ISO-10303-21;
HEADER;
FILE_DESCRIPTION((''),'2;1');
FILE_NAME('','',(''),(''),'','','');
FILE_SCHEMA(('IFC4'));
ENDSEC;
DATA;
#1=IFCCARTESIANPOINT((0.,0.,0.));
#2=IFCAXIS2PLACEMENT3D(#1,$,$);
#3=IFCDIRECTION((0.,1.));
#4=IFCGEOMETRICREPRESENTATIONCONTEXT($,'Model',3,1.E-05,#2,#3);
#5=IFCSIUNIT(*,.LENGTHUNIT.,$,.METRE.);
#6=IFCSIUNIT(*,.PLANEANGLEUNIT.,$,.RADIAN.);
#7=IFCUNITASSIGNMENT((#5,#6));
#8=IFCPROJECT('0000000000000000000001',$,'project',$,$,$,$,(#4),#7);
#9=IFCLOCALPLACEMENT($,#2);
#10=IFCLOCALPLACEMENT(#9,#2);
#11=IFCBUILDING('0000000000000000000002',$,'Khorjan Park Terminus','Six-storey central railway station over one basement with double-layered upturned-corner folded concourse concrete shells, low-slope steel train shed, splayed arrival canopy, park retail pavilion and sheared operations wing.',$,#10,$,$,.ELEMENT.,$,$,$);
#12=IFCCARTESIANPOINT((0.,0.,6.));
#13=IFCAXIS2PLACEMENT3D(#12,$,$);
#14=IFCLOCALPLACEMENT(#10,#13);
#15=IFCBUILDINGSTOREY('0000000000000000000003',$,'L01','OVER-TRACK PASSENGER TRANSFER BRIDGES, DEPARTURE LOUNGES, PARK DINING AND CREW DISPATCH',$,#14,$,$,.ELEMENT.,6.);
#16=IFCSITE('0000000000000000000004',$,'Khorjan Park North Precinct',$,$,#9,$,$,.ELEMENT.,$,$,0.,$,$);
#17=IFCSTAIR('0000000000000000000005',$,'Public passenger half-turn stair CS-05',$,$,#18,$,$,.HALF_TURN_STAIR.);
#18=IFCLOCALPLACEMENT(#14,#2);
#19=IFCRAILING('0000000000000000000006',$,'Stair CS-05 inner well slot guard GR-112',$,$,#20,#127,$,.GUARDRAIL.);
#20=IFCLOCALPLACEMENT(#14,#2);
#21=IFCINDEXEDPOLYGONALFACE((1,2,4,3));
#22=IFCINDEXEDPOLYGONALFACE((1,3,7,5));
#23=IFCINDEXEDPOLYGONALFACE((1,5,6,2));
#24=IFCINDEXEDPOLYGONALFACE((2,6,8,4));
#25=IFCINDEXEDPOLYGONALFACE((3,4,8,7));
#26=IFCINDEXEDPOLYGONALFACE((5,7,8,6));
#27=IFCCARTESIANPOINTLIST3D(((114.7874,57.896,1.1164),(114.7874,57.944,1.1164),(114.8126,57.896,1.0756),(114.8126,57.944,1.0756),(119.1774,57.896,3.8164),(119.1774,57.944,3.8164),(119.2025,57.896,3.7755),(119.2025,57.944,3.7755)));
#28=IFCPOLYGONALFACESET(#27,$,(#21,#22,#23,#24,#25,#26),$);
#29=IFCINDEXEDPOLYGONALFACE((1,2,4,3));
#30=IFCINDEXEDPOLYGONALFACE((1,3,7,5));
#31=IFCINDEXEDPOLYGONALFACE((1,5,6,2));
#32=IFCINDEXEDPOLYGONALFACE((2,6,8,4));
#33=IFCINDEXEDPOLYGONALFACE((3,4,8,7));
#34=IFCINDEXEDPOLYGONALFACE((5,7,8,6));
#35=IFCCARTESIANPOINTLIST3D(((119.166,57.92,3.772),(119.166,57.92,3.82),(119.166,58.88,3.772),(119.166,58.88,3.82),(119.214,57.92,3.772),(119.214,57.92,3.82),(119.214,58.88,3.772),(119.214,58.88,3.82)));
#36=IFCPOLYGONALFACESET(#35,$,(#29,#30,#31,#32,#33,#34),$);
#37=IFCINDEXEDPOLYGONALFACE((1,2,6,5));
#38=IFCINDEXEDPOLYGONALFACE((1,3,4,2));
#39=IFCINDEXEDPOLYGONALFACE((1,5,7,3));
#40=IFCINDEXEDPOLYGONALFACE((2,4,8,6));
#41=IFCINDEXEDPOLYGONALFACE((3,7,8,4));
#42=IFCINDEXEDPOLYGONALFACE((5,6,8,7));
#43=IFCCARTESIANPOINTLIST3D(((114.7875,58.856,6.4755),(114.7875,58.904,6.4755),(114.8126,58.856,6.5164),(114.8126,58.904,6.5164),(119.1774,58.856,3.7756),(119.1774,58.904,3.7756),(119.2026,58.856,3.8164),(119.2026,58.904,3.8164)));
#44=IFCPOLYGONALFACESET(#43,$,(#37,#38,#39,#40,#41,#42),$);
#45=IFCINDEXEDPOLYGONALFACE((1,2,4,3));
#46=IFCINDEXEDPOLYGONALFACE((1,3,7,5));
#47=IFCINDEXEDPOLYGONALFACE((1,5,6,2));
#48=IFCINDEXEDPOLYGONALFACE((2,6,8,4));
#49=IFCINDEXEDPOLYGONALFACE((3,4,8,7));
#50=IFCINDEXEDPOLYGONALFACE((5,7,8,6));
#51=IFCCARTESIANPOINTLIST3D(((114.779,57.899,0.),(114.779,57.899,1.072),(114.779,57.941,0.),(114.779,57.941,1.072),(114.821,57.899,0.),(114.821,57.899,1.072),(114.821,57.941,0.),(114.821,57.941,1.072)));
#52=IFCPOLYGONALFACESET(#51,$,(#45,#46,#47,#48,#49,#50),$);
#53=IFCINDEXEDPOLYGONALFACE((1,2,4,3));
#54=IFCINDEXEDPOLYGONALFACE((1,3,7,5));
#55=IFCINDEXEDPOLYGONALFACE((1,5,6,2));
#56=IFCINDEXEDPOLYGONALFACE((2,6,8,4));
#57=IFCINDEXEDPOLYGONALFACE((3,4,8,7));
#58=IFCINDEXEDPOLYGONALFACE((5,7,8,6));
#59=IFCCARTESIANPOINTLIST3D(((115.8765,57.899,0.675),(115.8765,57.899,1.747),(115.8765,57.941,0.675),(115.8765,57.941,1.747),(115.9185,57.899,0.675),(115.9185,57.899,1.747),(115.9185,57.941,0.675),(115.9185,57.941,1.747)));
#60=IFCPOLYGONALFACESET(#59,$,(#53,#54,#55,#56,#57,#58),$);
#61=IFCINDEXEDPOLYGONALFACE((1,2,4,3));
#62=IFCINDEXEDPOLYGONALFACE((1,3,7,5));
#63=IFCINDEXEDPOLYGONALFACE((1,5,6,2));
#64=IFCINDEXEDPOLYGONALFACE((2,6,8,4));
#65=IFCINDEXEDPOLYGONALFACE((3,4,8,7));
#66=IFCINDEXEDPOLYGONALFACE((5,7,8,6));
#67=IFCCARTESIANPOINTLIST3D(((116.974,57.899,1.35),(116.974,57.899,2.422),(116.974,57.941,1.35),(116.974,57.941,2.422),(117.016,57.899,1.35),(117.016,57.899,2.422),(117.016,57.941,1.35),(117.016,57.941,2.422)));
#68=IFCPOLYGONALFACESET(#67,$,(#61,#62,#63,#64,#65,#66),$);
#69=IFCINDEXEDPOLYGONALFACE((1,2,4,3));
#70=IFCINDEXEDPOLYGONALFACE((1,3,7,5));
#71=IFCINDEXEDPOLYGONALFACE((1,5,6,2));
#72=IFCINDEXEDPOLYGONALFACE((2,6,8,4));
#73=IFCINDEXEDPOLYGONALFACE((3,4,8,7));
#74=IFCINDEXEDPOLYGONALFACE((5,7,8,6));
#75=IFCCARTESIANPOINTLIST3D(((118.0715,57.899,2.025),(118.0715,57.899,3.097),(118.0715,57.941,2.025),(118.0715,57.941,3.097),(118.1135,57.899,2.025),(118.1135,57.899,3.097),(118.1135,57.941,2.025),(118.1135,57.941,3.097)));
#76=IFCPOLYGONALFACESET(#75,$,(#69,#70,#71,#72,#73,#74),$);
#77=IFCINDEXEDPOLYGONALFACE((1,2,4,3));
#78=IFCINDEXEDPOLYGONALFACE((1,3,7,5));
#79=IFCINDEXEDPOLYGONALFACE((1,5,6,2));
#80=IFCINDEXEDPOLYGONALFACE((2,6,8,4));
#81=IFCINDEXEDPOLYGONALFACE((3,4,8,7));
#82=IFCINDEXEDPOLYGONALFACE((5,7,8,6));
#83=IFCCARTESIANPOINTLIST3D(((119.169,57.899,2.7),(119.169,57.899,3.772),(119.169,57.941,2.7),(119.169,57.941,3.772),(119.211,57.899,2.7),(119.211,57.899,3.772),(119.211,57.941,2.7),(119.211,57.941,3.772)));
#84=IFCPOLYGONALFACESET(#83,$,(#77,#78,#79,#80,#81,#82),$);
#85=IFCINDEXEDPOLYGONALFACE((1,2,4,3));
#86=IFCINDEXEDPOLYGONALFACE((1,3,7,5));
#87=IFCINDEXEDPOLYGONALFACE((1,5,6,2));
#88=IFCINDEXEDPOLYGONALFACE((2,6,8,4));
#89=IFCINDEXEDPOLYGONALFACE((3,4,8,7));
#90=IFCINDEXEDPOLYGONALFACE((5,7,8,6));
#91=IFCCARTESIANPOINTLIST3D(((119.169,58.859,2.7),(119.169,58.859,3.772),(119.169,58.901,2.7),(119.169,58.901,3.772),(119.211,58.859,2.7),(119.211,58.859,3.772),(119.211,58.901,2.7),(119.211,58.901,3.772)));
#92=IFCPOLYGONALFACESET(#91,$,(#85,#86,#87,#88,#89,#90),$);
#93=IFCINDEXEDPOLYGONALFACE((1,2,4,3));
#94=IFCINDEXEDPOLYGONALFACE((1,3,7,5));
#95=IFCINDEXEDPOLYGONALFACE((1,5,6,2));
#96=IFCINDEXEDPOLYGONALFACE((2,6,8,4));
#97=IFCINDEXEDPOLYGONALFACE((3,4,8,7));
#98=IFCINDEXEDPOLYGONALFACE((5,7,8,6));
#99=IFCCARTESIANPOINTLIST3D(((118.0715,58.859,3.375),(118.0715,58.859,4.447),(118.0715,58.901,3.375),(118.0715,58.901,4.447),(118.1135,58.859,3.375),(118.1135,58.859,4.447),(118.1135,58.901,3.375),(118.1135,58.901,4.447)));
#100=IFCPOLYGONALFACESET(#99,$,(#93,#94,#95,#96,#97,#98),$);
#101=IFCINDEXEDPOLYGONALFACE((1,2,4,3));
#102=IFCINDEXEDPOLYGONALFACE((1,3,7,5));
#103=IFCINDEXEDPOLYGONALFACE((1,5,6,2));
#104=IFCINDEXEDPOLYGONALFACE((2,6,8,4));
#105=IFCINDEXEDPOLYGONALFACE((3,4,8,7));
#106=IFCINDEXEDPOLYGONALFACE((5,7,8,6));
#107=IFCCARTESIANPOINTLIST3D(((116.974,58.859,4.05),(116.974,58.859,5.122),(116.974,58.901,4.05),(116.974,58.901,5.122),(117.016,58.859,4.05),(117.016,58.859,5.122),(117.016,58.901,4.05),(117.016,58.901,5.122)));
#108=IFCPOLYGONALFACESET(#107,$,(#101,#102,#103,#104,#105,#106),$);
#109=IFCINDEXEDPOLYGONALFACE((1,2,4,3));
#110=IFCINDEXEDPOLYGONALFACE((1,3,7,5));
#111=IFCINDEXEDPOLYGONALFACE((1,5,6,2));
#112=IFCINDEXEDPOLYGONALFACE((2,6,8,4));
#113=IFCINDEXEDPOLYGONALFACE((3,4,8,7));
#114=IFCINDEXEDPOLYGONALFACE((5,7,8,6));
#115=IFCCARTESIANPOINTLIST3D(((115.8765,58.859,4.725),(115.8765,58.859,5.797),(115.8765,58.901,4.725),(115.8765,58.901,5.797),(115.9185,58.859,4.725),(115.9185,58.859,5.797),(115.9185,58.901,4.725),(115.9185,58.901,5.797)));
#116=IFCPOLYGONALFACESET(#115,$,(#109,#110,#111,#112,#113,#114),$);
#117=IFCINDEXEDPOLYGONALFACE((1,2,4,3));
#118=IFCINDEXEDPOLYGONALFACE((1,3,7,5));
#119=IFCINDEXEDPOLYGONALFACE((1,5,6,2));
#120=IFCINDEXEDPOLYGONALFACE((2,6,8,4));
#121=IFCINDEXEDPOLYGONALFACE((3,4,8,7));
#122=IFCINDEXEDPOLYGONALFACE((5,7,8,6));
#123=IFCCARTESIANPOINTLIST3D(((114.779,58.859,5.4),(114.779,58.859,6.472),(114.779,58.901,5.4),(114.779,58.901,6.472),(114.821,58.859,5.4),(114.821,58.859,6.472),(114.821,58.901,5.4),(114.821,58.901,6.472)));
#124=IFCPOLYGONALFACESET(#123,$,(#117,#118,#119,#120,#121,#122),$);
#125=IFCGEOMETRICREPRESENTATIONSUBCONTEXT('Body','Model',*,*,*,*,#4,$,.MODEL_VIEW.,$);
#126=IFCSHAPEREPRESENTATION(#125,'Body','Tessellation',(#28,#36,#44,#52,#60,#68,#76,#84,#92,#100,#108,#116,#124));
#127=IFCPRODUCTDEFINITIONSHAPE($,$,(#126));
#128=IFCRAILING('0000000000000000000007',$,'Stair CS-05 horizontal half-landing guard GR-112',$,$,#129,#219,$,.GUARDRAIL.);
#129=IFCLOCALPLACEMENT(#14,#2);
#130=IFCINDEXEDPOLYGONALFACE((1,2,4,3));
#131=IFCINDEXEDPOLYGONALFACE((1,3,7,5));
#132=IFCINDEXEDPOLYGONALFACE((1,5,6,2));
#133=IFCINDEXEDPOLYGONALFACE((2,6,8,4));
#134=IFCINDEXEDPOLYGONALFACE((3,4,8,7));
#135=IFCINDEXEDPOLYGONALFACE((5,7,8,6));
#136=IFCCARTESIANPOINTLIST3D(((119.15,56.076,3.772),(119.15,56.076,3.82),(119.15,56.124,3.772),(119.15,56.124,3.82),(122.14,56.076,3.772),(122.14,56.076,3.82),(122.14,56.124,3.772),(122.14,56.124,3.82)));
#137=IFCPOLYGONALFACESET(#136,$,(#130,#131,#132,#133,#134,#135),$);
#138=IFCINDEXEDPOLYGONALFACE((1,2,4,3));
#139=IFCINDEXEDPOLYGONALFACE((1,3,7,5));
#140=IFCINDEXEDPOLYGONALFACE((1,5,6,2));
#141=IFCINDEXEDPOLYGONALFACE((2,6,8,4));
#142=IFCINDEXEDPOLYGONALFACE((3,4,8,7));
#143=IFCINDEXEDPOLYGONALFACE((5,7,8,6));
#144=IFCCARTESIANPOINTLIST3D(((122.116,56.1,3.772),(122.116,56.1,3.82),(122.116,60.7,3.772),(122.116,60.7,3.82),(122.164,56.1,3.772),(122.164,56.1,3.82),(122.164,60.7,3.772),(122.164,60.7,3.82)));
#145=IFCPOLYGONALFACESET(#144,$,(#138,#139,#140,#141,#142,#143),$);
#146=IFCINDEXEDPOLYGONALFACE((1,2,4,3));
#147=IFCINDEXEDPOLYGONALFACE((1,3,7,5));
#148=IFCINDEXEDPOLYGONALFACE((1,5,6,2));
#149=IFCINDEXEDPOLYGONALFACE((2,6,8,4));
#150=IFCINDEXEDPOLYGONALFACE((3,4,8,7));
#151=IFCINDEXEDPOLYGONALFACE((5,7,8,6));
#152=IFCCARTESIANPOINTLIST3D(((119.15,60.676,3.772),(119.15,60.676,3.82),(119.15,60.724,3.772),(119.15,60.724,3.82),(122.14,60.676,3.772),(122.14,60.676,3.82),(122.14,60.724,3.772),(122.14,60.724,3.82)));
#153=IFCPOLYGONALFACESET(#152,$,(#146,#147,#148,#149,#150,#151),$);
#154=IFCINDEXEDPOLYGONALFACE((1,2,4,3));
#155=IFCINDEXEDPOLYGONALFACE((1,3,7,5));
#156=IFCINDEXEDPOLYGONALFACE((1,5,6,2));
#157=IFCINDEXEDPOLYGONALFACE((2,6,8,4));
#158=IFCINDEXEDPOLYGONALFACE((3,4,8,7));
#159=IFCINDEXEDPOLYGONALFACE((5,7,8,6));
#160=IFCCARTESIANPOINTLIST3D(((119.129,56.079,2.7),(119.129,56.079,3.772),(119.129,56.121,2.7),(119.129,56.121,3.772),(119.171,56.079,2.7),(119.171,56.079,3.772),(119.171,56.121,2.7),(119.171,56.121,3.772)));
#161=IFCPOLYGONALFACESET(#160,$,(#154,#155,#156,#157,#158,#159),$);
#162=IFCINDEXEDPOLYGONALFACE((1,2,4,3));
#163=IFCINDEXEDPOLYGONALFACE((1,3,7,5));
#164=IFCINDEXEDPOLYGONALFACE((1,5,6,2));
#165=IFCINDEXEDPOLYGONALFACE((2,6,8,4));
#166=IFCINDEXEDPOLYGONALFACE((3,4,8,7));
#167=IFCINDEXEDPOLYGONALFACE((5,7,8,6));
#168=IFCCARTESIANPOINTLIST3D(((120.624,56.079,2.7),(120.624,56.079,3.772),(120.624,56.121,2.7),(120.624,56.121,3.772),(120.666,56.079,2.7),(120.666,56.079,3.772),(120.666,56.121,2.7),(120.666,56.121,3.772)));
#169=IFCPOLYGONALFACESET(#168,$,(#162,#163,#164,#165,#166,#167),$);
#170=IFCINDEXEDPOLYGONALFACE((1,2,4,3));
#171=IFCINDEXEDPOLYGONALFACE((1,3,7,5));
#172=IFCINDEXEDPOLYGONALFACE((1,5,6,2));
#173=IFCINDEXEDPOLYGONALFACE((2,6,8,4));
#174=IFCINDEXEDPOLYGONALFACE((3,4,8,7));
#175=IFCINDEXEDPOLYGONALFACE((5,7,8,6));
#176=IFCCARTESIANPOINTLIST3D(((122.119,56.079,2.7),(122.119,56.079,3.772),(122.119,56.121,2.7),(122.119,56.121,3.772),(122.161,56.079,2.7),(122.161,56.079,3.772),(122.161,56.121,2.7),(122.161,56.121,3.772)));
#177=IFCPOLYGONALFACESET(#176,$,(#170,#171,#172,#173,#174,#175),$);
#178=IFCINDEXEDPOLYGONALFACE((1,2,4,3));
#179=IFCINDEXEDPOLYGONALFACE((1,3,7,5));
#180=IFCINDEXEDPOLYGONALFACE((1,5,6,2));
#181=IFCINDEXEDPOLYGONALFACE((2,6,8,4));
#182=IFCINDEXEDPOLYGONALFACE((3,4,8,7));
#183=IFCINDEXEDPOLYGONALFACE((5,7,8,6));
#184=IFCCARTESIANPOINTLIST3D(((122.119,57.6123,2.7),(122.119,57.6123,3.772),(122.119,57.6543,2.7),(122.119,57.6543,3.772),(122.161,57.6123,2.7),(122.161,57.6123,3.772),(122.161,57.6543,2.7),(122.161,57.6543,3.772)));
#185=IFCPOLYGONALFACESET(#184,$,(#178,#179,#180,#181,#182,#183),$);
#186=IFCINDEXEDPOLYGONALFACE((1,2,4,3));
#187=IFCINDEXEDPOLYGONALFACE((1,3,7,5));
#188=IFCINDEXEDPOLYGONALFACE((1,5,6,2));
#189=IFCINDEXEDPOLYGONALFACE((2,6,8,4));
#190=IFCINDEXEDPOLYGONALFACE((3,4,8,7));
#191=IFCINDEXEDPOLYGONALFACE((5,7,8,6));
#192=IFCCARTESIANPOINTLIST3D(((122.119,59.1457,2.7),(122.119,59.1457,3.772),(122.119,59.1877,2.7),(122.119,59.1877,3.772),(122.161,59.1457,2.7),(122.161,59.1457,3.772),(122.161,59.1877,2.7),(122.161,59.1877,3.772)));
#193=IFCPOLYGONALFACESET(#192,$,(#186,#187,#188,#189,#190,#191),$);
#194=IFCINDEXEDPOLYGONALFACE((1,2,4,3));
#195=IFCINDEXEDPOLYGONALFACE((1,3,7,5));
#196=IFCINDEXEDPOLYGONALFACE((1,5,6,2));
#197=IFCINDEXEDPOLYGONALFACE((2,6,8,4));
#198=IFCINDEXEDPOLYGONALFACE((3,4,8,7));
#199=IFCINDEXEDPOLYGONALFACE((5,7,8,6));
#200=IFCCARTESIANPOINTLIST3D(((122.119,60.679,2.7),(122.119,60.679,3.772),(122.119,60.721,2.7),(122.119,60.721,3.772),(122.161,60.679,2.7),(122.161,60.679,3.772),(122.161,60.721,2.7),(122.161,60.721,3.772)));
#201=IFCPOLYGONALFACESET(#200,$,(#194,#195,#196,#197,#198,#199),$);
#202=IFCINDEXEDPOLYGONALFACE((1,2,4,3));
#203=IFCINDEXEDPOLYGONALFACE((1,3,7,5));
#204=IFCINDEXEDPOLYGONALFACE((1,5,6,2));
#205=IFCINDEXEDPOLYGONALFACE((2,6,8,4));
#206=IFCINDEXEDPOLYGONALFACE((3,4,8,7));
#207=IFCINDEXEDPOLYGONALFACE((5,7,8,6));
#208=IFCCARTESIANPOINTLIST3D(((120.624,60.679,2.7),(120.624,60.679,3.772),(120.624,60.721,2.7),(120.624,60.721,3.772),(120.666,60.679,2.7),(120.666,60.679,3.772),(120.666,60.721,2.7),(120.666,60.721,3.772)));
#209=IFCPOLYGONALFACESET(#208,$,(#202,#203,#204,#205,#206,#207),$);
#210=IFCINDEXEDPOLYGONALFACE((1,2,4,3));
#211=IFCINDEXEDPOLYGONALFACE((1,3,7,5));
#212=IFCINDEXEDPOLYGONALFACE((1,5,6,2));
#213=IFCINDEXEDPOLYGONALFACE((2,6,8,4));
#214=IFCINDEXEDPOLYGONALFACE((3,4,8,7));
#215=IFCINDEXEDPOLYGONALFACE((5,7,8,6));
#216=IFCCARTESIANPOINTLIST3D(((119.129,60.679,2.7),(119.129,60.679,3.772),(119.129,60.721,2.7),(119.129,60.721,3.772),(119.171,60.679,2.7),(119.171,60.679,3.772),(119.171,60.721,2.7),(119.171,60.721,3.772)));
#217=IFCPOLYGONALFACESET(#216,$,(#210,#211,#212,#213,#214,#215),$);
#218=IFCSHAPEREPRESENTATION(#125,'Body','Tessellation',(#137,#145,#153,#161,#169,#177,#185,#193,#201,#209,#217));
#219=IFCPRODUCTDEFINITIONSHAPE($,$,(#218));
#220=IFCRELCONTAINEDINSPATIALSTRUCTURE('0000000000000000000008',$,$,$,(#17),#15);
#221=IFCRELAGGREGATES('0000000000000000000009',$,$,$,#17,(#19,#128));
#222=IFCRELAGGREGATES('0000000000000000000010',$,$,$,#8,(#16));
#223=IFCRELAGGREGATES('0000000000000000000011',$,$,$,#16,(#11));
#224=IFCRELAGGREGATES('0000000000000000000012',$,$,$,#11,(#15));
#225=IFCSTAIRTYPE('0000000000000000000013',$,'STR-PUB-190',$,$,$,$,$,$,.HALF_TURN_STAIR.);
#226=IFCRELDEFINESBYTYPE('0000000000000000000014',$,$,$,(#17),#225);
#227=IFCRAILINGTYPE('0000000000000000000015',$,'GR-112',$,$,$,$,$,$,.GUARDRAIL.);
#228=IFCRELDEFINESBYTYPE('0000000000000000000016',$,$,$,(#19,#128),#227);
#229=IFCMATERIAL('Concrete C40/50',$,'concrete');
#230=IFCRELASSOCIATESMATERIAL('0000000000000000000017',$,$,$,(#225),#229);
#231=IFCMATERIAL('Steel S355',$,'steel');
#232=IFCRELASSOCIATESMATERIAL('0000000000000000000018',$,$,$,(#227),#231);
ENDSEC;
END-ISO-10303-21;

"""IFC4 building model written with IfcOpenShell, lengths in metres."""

from ifc_helpers import new_model, si_unit, direction, frame, origin, origin_2d, place, context, subcontext, project, spatial, rectangle, extrude, material, type_object, element, aggregate, save


model = new_model("IFC4")

# Units and contexts
model_context = context("Model", 3, precision=1e-05, world=origin(), true_north=direction((0.0, 1.0)))
body_context = subcontext(model_context, "Body", "Model", "MODEL_VIEW")
ifc_project = project(units=[si_unit("LENGTHUNIT", "METRE"), si_unit("PLANEANGLEUNIT", "RADIAN")], contexts=[model_context])

# Site, building, storey
site_placement = place(None, origin())
site = spatial("IfcSite", under=ifc_project, at=site_placement, Name="Khorjan Park North Precinct", CompositionType="ELEMENT", RefElevation=0.0)
building_placement = place(site_placement, origin())
building = spatial("IfcBuilding", under=site, at=building_placement, Name="Khorjan Park Terminus", Description="Six-storey central railway station over one basement with double-layered upturned-corner folded concourse concrete shells, low-slope steel train shed, splayed arrival canopy, park retail pavilion and sheared operations wing.", CompositionType="ELEMENT")
storey_placement = place(building_placement, frame((0.0, 0.0, 6.0)))
storey = spatial("IfcBuildingStorey", under=building, at=storey_placement, Name="L01", Description="OVER-TRACK PASSENGER TRANSFER BRIDGES, DEPARTURE LOUNGES, PARK DINING AND CREW DISPATCH", CompositionType="ELEMENT", Elevation=6.0)

# Shared definitions
ifc_material_1 = material(Name="Steel S355", Category="steel")

# Shared definitions
ifc_material_2 = material(Name="Concrete C40/50", Category="concrete")

# Stair
stair_type = type_object("IfcStairType", Name="STR-PUB-190", PredefinedType="HALF_TURN_STAIR", material=ifc_material_2)
stair_placement = place(storey_placement, origin())
stair = element("IfcStair", 1, at=stair_placement, inside=storey, type_object=stair_type, Name="Public passenger half-turn stair CS-05", PredefinedType="HALF_TURN_STAIR")

# Railings
railing_type_1 = type_object("IfcRailingType", Name="GR-112", PredefinedType="GUARDRAIL", material=ifc_material_1)
railing_1_placement = place(storey_placement, frame((114.8, 57.92, 0.0)))
railing_1 = element("IfcRailing", 2, at=railing_1_placement, type_object=railing_type_1, Name="Stair CS-05 inner well slot guard GR-112", PredefinedType="GUARDRAIL", context=body_context, shape_type="SweptSolid", body=[
    extrude(rectangle(XDim=0.048, YDim=0.048, at=origin_2d()), frame((0.0, 0.0, 1.096), z_axis=(0.851792, 0.0, 0.523881), x_axis=(0.0, 1.0, 0.0)), (0.0, 0.0, 1.0), 5.1538),
    extrude(rectangle(XDim=0.048, YDim=0.048, at=origin_2d()), frame((4.39, 0.0, 3.796), z_axis=(0.0, 1.0, 0.0), x_axis=(-1.0, 0.0, 0.0)), (0.0, 0.0, 1.0), 0.96),
    extrude(rectangle(XDim=0.048, YDim=0.048, at=origin_2d()), frame((4.39, 0.96, 3.796), z_axis=(-0.851792, 0.0, 0.523881), x_axis=(0.0, -1.0, 0.0)), (0.0, 0.0, 1.0), 5.1538),
    extrude(rectangle(XDim=0.042, YDim=0.042, at=origin_2d()), origin(), (0.0, 0.0, 1.0), 1.072),
    extrude(rectangle(XDim=0.042, YDim=0.042, at=origin_2d()), frame((1.0975, 0.0, 0.675)), (0.0, 0.0, 1.0), 1.072),
    extrude(rectangle(XDim=0.042, YDim=0.042, at=origin_2d()), frame((2.195, 0.0, 1.35)), (0.0, 0.0, 1.0), 1.072),
    extrude(rectangle(XDim=0.042, YDim=0.042, at=origin_2d()), frame((3.2925, 0.0, 2.025)), (0.0, 0.0, 1.0), 1.072),
    extrude(rectangle(XDim=0.042, YDim=0.042, at=origin_2d()), frame((4.39, 0.0, 2.7)), (0.0, 0.0, 1.0), 1.072),
    extrude(rectangle(XDim=0.042, YDim=0.042, at=origin_2d()), frame((4.39, 0.96, 2.7)), (0.0, 0.0, 1.0), 1.072),
    extrude(rectangle(XDim=0.042, YDim=0.042, at=origin_2d()), frame((3.2925, 0.96, 3.375)), (0.0, 0.0, 1.0), 1.072),
    extrude(rectangle(XDim=0.042, YDim=0.042, at=origin_2d()), frame((2.195, 0.96, 4.05)), (0.0, 0.0, 1.0), 1.072),
    extrude(rectangle(XDim=0.042, YDim=0.042, at=origin_2d()), frame((1.0975, 0.96, 4.725)), (0.0, 0.0, 1.0), 1.072),
    extrude(rectangle(XDim=0.042, YDim=0.042, at=origin_2d()), frame((0.0, 0.96, 5.4)), (0.0, 0.0, 1.0), 1.072),
])
railing_2_placement = place(storey_placement, frame((119.15, 56.1, 2.7)))
railing_2 = element("IfcRailing", 3, at=railing_2_placement, type_object=railing_type_1, Name="Stair CS-05 horizontal half-landing guard GR-112", PredefinedType="GUARDRAIL", context=body_context, shape_type="SweptSolid", body=[
    extrude(rectangle(XDim=0.048, YDim=0.048, at=origin_2d()), frame((0.0, 0.0, 1.096), z_axis=(1.0, 0.0, 0.0), x_axis=(0.0, 1.0, 0.0)), (0.0, 0.0, 1.0), 2.99),
    extrude(rectangle(XDim=0.048, YDim=0.048, at=origin_2d()), frame((2.99, 0.0, 1.096), z_axis=(0.0, 1.0, 0.0), x_axis=(-1.0, 0.0, 0.0)), (0.0, 0.0, 1.0), 4.6),
    extrude(rectangle(XDim=0.048, YDim=0.048, at=origin_2d()), frame((2.99, 4.6, 1.096), z_axis=(-1.0, 0.0, 0.0), x_axis=(0.0, -1.0, 0.0)), (0.0, 0.0, 1.0), 2.99),
    extrude(rectangle(XDim=0.042, YDim=0.042, at=origin_2d()), origin(), (0.0, 0.0, 1.0), 1.072),
    extrude(rectangle(XDim=0.042, YDim=0.042, at=origin_2d()), frame((1.495, 0.0, 0.0)), (0.0, 0.0, 1.0), 1.072),
    extrude(rectangle(XDim=0.042, YDim=0.042, at=origin_2d()), frame((2.99, 0.0, 0.0)), (0.0, 0.0, 1.0), 1.072),
    extrude(rectangle(XDim=0.042, YDim=0.042, at=origin_2d()), frame((2.99, 1.5333, 0.0)), (0.0, 0.0, 1.0), 1.072),
    extrude(rectangle(XDim=0.042, YDim=0.042, at=origin_2d()), frame((2.99, 3.0667, 0.0)), (0.0, 0.0, 1.0), 1.072),
    extrude(rectangle(XDim=0.042, YDim=0.042, at=origin_2d()), frame((2.99, 4.6, 0.0)), (0.0, 0.0, 1.0), 1.072),
    extrude(rectangle(XDim=0.042, YDim=0.042, at=origin_2d()), frame((1.495, 4.6, 0.0)), (0.0, 0.0, 1.0), 1.072),
    extrude(rectangle(XDim=0.042, YDim=0.042, at=origin_2d()), frame((0.0, 4.6, 0.0)), (0.0, 0.0, 1.0), 1.072),
])

aggregate(stair, [railing_1, railing_2])

save(model, "model.ifc")
